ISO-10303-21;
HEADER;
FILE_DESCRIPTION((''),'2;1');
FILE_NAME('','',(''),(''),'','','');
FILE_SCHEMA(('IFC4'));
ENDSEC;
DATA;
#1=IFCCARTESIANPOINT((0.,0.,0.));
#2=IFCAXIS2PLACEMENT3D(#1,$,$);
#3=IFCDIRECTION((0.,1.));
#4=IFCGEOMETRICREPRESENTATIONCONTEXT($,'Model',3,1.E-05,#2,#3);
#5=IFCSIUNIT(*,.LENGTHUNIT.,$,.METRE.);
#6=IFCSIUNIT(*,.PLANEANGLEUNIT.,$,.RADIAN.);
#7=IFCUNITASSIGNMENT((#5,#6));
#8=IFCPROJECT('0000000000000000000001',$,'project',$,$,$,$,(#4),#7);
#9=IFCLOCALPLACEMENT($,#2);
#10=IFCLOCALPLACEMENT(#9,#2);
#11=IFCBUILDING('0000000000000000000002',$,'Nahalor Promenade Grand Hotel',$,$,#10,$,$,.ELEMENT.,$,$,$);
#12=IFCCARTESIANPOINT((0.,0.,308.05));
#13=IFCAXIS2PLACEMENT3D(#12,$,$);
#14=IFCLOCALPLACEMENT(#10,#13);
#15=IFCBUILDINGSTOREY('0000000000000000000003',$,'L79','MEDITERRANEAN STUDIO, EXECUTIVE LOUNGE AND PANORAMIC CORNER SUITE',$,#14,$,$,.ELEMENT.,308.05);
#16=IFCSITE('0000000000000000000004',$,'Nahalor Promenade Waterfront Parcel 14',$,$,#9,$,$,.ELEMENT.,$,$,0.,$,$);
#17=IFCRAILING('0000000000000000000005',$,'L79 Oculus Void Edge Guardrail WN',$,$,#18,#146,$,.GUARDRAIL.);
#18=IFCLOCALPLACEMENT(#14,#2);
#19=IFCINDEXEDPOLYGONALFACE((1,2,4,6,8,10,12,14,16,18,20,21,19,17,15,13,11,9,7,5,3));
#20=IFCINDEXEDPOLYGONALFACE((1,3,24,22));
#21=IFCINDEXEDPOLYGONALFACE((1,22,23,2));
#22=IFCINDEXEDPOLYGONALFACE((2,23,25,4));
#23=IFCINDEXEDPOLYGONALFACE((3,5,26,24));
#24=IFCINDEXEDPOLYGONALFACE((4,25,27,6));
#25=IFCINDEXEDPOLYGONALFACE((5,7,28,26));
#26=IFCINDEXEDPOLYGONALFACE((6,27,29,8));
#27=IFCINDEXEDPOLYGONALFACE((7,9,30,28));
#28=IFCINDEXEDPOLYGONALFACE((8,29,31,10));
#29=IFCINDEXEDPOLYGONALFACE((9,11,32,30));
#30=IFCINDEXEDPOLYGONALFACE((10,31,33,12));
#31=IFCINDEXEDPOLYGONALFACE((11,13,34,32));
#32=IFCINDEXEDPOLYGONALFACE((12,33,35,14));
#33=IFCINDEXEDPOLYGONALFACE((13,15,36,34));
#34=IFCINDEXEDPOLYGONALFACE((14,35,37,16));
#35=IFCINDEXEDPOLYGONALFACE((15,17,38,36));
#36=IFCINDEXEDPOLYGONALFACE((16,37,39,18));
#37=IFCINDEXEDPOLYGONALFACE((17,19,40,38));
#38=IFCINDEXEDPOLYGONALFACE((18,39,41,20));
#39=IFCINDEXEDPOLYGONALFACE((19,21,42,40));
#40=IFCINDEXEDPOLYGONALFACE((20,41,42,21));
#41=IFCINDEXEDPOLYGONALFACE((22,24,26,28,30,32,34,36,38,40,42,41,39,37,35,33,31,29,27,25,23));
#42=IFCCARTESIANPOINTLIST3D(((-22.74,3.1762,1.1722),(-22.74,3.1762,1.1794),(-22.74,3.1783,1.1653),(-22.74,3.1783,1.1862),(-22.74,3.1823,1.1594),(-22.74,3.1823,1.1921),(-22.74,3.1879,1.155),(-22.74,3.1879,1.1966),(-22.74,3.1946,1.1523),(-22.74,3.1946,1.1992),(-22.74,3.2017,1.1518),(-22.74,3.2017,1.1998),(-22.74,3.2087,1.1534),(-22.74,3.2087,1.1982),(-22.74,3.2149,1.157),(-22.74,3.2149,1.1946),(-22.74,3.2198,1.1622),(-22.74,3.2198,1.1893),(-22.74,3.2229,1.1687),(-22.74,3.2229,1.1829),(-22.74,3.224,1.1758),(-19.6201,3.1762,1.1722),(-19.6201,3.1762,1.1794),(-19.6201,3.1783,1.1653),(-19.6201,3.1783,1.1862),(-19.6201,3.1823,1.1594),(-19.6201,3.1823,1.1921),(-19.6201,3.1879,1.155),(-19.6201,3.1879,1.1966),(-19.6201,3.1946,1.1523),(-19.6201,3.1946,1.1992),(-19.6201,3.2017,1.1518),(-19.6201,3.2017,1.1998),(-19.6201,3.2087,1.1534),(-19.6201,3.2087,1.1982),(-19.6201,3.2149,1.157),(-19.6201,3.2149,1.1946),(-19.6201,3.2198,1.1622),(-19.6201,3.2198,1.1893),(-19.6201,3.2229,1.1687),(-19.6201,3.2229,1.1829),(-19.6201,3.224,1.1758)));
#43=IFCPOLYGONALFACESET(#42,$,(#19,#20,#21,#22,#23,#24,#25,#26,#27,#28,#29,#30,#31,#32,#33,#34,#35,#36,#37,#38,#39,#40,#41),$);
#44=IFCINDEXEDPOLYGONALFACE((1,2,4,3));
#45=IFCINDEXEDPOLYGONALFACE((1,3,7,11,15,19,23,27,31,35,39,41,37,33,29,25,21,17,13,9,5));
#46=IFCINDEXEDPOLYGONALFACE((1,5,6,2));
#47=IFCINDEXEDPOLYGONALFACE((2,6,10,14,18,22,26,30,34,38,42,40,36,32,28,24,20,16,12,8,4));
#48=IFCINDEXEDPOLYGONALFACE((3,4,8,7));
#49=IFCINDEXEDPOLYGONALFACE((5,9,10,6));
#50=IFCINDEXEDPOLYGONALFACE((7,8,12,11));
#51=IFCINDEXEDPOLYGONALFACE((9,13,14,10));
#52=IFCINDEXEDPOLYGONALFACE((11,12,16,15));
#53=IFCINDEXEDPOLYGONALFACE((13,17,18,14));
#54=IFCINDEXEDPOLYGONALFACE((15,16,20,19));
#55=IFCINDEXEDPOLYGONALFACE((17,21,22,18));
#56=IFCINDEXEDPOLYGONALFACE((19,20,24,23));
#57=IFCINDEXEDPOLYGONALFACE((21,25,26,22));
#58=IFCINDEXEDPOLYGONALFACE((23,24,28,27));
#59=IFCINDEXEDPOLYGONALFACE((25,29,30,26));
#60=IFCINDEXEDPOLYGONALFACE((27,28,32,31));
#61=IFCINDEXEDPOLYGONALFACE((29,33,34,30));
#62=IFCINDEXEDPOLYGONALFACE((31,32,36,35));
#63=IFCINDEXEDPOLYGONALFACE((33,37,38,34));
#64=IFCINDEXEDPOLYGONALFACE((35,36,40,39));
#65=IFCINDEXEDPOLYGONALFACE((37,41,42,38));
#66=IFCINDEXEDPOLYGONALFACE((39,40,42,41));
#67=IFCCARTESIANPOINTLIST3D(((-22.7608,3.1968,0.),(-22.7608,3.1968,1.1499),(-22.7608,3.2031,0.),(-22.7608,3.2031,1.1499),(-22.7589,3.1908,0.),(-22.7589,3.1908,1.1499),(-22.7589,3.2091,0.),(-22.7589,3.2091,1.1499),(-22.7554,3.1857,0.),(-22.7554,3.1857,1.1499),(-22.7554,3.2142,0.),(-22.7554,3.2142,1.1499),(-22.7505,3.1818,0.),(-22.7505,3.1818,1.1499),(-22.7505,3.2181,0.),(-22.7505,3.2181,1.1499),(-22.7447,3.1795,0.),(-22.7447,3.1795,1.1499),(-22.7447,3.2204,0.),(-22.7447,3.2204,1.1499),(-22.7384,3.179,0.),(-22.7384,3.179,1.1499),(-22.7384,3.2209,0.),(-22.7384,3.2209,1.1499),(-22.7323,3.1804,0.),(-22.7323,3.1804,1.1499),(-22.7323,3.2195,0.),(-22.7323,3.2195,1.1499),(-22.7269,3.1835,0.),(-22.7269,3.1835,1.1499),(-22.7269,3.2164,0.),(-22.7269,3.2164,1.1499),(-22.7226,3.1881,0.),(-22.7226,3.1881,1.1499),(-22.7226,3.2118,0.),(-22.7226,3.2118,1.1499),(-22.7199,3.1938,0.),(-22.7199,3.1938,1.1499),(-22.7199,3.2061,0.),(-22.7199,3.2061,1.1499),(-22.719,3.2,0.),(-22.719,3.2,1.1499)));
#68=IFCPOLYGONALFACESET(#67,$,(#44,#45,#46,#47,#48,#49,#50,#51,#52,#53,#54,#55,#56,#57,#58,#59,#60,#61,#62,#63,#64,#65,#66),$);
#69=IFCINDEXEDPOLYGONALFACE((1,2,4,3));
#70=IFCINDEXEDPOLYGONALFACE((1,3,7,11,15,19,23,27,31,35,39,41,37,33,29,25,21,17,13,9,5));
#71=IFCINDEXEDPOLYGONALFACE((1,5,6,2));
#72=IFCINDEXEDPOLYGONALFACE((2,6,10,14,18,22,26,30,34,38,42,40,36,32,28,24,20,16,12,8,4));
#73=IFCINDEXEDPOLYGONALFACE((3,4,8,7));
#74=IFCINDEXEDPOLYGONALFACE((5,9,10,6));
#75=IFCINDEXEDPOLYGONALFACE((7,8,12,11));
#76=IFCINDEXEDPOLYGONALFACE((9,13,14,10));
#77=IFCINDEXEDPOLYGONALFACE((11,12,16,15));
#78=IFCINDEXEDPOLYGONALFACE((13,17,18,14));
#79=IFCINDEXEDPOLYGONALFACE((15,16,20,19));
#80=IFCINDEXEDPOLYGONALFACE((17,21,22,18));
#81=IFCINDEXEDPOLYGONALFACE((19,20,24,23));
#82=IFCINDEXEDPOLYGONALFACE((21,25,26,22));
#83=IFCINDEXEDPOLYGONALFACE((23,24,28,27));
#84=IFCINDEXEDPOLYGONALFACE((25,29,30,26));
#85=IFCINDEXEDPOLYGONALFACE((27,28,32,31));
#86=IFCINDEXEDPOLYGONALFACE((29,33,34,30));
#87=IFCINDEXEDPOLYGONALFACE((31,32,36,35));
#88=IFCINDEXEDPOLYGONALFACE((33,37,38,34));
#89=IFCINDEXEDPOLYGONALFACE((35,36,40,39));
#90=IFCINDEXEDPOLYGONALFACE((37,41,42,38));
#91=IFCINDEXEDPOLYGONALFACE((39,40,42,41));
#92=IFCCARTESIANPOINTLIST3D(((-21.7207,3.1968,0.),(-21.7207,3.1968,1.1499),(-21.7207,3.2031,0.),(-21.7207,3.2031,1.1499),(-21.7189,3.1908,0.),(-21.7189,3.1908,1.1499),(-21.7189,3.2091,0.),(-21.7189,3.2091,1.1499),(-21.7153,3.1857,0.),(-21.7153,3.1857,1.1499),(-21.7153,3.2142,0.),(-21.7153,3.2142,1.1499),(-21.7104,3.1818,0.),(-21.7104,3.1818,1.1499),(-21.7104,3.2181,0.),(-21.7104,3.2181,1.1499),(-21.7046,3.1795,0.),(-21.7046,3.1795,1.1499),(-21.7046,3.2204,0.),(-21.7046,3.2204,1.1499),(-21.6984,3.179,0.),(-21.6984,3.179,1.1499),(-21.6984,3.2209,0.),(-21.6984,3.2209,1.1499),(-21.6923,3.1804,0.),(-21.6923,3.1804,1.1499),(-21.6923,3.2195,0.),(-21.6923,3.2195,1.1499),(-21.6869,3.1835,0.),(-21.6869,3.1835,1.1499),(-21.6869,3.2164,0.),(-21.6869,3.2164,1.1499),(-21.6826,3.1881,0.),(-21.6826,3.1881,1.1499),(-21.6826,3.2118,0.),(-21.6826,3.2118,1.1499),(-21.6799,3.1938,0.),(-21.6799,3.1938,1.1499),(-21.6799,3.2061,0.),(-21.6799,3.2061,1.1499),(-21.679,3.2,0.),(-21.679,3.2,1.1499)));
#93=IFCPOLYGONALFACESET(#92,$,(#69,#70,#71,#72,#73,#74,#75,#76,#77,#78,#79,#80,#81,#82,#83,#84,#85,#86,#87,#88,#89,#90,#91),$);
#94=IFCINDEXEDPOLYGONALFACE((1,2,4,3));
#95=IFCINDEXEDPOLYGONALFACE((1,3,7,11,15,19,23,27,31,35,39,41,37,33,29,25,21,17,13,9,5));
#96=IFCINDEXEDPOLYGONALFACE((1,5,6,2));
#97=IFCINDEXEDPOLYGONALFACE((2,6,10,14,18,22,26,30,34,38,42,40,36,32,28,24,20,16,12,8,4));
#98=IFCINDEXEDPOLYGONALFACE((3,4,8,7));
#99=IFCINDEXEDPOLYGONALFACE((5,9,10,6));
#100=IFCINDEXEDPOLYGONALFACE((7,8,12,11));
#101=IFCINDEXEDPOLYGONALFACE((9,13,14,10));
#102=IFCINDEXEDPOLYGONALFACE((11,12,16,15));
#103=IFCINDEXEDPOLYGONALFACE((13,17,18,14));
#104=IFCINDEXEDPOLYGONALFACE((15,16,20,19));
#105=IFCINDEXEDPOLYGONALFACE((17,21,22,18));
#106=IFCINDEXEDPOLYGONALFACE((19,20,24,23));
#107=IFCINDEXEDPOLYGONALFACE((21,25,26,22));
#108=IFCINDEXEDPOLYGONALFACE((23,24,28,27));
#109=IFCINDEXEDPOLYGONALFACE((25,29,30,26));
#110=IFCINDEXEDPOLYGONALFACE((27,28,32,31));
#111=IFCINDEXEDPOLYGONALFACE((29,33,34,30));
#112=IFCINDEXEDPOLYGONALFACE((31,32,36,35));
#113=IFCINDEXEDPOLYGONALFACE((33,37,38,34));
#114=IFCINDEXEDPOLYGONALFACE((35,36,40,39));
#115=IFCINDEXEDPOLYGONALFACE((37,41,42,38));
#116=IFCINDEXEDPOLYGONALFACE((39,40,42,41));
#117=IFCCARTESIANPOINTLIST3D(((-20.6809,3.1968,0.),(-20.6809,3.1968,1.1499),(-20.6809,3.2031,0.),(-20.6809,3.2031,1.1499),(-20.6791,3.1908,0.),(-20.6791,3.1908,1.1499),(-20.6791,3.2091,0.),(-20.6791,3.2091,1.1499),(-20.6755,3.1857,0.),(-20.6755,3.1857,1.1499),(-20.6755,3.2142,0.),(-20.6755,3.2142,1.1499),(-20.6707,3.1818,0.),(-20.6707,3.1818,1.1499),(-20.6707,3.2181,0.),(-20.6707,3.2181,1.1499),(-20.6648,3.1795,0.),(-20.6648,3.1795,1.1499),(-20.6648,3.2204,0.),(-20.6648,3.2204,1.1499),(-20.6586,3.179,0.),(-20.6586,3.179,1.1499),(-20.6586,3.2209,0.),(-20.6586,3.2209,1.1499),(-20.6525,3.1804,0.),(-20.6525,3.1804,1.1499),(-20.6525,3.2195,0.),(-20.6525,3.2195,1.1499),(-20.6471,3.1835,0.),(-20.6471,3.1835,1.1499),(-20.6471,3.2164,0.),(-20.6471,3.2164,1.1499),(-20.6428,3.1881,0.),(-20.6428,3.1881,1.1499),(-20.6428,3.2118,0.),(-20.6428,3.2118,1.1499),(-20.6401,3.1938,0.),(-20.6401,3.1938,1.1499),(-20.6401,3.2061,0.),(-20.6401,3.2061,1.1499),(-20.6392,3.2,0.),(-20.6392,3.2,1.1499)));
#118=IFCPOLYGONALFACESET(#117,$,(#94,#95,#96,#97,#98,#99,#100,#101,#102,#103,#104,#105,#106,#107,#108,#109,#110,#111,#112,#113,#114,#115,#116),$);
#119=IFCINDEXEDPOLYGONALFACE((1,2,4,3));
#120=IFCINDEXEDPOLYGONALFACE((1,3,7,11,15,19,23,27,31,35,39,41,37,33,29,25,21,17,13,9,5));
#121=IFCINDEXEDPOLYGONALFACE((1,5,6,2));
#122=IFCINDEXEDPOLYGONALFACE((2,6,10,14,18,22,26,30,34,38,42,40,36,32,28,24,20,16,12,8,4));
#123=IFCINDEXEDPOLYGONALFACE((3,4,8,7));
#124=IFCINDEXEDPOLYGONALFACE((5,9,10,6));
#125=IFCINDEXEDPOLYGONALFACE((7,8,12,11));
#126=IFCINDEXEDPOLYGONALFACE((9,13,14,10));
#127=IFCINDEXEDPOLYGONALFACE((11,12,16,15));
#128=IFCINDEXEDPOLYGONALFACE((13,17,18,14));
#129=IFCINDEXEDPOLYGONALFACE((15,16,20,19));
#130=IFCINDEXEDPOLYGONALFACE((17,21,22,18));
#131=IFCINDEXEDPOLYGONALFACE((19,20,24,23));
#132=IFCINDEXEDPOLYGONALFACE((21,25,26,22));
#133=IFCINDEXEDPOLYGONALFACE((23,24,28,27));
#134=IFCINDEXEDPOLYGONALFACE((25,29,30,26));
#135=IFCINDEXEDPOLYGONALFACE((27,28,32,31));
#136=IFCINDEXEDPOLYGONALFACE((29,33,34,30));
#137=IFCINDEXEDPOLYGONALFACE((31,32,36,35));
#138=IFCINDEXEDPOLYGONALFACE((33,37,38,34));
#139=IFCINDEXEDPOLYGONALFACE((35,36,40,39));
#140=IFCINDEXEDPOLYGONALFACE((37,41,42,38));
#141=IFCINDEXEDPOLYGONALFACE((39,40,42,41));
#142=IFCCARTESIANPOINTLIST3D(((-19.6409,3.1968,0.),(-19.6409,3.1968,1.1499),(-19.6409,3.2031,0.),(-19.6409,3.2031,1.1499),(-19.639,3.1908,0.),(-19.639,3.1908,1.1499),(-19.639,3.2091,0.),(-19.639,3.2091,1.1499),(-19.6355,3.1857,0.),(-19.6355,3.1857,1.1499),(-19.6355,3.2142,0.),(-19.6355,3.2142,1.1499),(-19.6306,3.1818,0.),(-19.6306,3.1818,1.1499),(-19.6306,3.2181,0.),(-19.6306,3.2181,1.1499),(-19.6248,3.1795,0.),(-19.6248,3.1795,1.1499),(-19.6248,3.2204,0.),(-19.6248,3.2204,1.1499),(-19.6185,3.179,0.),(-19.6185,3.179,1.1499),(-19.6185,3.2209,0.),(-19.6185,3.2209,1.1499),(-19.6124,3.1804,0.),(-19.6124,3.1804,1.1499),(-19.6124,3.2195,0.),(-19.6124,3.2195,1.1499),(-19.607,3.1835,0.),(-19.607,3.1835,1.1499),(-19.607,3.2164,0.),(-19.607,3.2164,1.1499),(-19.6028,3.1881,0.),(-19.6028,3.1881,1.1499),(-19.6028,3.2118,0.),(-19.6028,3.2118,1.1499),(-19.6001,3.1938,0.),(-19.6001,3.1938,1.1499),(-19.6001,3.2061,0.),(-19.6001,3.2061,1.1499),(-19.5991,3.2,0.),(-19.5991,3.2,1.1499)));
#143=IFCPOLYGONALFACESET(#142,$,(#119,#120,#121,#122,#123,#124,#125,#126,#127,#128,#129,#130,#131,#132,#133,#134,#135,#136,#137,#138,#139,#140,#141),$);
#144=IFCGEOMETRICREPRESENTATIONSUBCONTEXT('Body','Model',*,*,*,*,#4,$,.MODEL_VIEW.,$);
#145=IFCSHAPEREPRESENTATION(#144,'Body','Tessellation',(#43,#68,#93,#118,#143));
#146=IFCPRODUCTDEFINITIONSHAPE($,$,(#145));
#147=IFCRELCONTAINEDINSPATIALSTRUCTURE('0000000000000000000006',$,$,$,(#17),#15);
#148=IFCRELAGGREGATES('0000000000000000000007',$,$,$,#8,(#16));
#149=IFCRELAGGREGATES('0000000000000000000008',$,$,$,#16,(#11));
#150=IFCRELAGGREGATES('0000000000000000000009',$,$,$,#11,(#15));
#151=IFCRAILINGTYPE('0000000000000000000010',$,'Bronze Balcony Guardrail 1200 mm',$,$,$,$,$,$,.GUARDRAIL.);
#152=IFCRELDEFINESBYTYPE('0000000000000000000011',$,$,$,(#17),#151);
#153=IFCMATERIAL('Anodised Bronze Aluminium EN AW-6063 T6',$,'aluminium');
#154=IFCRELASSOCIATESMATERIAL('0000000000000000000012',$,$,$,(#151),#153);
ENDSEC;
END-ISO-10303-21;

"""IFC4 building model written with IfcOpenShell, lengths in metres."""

from ifc_helpers import new_model, si_unit, direction, frame, origin, origin_2d, place, context, subcontext, project, spatial, circle, extrude, material, type_object, element, save


model = new_model("IFC4")

# Units and contexts
model_context = context("Model", 3, precision=1e-05, world=origin(), true_north=direction((0.0, 1.0)))
body_context = subcontext(model_context, "Body", "Model", "MODEL_VIEW")
ifc_project = project(units=[si_unit("LENGTHUNIT", "METRE"), si_unit("PLANEANGLEUNIT", "RADIAN")], contexts=[model_context])

# Site, building, storey
site_placement = place(None, origin())
site = spatial("IfcSite", under=ifc_project, at=site_placement, Name="Nahalor Promenade Waterfront Parcel 14", CompositionType="ELEMENT", RefElevation=0.0)
building_placement = place(site_placement, origin())
building = spatial("IfcBuilding", under=site, at=building_placement, Name="Nahalor Promenade Grand Hotel", CompositionType="ELEMENT")
storey_placement = place(building_placement, frame((0.0, 0.0, 308.05)))
storey = spatial("IfcBuildingStorey", under=building, at=storey_placement, Name="L79", Description="MEDITERRANEAN STUDIO, EXECUTIVE LOUNGE AND PANORAMIC CORNER SUITE", CompositionType="ELEMENT", Elevation=308.05)

# Shared definitions
ifc_material_1 = material(Name="Anodised Bronze Aluminium EN AW-6063 T6", Category="aluminium")

# Railing
railing_type = type_object("IfcRailingType", Name="Bronze Balcony Guardrail 1200 mm", PredefinedType="GUARDRAIL", material=ifc_material_1)
for number, where, name in (
    (1, (-22.74, 3.2, 0.0), "L79 Oculus Void Edge Guardrail WN"),
):
    element("IfcRailing", number, at=place(storey_placement, frame(where)), inside=storey, type_object=railing_type, Name=name, PredefinedType="GUARDRAIL", context=body_context, shape_type="SweptSolid", body=[
        extrude(circle(Radius=0.024, at=origin_2d()), frame((0.0, 0.0, 1.1758), z_axis=(1.0, 0.0, 0.0), x_axis=(0.0, 1.0, 0.0)), (0.0, 0.0, 1.0), 3.1199),
        extrude(circle(Radius=0.021, at=origin_2d()), origin(), (0.0, 0.0, 1.0), 1.1499),
        extrude(circle(Radius=0.021, at=origin_2d()), frame((1.04, 0.0, 0.0)), (0.0, 0.0, 1.0), 1.1499),
        extrude(circle(Radius=0.021, at=origin_2d()), frame((2.0798, 0.0, 0.0)), (0.0, 0.0, 1.0), 1.1499),
        extrude(circle(Radius=0.021, at=origin_2d()), frame((3.1199, 0.0, 0.0)), (0.0, 0.0, 1.0), 1.1499),
    ])

save(model, "model.ifc")
